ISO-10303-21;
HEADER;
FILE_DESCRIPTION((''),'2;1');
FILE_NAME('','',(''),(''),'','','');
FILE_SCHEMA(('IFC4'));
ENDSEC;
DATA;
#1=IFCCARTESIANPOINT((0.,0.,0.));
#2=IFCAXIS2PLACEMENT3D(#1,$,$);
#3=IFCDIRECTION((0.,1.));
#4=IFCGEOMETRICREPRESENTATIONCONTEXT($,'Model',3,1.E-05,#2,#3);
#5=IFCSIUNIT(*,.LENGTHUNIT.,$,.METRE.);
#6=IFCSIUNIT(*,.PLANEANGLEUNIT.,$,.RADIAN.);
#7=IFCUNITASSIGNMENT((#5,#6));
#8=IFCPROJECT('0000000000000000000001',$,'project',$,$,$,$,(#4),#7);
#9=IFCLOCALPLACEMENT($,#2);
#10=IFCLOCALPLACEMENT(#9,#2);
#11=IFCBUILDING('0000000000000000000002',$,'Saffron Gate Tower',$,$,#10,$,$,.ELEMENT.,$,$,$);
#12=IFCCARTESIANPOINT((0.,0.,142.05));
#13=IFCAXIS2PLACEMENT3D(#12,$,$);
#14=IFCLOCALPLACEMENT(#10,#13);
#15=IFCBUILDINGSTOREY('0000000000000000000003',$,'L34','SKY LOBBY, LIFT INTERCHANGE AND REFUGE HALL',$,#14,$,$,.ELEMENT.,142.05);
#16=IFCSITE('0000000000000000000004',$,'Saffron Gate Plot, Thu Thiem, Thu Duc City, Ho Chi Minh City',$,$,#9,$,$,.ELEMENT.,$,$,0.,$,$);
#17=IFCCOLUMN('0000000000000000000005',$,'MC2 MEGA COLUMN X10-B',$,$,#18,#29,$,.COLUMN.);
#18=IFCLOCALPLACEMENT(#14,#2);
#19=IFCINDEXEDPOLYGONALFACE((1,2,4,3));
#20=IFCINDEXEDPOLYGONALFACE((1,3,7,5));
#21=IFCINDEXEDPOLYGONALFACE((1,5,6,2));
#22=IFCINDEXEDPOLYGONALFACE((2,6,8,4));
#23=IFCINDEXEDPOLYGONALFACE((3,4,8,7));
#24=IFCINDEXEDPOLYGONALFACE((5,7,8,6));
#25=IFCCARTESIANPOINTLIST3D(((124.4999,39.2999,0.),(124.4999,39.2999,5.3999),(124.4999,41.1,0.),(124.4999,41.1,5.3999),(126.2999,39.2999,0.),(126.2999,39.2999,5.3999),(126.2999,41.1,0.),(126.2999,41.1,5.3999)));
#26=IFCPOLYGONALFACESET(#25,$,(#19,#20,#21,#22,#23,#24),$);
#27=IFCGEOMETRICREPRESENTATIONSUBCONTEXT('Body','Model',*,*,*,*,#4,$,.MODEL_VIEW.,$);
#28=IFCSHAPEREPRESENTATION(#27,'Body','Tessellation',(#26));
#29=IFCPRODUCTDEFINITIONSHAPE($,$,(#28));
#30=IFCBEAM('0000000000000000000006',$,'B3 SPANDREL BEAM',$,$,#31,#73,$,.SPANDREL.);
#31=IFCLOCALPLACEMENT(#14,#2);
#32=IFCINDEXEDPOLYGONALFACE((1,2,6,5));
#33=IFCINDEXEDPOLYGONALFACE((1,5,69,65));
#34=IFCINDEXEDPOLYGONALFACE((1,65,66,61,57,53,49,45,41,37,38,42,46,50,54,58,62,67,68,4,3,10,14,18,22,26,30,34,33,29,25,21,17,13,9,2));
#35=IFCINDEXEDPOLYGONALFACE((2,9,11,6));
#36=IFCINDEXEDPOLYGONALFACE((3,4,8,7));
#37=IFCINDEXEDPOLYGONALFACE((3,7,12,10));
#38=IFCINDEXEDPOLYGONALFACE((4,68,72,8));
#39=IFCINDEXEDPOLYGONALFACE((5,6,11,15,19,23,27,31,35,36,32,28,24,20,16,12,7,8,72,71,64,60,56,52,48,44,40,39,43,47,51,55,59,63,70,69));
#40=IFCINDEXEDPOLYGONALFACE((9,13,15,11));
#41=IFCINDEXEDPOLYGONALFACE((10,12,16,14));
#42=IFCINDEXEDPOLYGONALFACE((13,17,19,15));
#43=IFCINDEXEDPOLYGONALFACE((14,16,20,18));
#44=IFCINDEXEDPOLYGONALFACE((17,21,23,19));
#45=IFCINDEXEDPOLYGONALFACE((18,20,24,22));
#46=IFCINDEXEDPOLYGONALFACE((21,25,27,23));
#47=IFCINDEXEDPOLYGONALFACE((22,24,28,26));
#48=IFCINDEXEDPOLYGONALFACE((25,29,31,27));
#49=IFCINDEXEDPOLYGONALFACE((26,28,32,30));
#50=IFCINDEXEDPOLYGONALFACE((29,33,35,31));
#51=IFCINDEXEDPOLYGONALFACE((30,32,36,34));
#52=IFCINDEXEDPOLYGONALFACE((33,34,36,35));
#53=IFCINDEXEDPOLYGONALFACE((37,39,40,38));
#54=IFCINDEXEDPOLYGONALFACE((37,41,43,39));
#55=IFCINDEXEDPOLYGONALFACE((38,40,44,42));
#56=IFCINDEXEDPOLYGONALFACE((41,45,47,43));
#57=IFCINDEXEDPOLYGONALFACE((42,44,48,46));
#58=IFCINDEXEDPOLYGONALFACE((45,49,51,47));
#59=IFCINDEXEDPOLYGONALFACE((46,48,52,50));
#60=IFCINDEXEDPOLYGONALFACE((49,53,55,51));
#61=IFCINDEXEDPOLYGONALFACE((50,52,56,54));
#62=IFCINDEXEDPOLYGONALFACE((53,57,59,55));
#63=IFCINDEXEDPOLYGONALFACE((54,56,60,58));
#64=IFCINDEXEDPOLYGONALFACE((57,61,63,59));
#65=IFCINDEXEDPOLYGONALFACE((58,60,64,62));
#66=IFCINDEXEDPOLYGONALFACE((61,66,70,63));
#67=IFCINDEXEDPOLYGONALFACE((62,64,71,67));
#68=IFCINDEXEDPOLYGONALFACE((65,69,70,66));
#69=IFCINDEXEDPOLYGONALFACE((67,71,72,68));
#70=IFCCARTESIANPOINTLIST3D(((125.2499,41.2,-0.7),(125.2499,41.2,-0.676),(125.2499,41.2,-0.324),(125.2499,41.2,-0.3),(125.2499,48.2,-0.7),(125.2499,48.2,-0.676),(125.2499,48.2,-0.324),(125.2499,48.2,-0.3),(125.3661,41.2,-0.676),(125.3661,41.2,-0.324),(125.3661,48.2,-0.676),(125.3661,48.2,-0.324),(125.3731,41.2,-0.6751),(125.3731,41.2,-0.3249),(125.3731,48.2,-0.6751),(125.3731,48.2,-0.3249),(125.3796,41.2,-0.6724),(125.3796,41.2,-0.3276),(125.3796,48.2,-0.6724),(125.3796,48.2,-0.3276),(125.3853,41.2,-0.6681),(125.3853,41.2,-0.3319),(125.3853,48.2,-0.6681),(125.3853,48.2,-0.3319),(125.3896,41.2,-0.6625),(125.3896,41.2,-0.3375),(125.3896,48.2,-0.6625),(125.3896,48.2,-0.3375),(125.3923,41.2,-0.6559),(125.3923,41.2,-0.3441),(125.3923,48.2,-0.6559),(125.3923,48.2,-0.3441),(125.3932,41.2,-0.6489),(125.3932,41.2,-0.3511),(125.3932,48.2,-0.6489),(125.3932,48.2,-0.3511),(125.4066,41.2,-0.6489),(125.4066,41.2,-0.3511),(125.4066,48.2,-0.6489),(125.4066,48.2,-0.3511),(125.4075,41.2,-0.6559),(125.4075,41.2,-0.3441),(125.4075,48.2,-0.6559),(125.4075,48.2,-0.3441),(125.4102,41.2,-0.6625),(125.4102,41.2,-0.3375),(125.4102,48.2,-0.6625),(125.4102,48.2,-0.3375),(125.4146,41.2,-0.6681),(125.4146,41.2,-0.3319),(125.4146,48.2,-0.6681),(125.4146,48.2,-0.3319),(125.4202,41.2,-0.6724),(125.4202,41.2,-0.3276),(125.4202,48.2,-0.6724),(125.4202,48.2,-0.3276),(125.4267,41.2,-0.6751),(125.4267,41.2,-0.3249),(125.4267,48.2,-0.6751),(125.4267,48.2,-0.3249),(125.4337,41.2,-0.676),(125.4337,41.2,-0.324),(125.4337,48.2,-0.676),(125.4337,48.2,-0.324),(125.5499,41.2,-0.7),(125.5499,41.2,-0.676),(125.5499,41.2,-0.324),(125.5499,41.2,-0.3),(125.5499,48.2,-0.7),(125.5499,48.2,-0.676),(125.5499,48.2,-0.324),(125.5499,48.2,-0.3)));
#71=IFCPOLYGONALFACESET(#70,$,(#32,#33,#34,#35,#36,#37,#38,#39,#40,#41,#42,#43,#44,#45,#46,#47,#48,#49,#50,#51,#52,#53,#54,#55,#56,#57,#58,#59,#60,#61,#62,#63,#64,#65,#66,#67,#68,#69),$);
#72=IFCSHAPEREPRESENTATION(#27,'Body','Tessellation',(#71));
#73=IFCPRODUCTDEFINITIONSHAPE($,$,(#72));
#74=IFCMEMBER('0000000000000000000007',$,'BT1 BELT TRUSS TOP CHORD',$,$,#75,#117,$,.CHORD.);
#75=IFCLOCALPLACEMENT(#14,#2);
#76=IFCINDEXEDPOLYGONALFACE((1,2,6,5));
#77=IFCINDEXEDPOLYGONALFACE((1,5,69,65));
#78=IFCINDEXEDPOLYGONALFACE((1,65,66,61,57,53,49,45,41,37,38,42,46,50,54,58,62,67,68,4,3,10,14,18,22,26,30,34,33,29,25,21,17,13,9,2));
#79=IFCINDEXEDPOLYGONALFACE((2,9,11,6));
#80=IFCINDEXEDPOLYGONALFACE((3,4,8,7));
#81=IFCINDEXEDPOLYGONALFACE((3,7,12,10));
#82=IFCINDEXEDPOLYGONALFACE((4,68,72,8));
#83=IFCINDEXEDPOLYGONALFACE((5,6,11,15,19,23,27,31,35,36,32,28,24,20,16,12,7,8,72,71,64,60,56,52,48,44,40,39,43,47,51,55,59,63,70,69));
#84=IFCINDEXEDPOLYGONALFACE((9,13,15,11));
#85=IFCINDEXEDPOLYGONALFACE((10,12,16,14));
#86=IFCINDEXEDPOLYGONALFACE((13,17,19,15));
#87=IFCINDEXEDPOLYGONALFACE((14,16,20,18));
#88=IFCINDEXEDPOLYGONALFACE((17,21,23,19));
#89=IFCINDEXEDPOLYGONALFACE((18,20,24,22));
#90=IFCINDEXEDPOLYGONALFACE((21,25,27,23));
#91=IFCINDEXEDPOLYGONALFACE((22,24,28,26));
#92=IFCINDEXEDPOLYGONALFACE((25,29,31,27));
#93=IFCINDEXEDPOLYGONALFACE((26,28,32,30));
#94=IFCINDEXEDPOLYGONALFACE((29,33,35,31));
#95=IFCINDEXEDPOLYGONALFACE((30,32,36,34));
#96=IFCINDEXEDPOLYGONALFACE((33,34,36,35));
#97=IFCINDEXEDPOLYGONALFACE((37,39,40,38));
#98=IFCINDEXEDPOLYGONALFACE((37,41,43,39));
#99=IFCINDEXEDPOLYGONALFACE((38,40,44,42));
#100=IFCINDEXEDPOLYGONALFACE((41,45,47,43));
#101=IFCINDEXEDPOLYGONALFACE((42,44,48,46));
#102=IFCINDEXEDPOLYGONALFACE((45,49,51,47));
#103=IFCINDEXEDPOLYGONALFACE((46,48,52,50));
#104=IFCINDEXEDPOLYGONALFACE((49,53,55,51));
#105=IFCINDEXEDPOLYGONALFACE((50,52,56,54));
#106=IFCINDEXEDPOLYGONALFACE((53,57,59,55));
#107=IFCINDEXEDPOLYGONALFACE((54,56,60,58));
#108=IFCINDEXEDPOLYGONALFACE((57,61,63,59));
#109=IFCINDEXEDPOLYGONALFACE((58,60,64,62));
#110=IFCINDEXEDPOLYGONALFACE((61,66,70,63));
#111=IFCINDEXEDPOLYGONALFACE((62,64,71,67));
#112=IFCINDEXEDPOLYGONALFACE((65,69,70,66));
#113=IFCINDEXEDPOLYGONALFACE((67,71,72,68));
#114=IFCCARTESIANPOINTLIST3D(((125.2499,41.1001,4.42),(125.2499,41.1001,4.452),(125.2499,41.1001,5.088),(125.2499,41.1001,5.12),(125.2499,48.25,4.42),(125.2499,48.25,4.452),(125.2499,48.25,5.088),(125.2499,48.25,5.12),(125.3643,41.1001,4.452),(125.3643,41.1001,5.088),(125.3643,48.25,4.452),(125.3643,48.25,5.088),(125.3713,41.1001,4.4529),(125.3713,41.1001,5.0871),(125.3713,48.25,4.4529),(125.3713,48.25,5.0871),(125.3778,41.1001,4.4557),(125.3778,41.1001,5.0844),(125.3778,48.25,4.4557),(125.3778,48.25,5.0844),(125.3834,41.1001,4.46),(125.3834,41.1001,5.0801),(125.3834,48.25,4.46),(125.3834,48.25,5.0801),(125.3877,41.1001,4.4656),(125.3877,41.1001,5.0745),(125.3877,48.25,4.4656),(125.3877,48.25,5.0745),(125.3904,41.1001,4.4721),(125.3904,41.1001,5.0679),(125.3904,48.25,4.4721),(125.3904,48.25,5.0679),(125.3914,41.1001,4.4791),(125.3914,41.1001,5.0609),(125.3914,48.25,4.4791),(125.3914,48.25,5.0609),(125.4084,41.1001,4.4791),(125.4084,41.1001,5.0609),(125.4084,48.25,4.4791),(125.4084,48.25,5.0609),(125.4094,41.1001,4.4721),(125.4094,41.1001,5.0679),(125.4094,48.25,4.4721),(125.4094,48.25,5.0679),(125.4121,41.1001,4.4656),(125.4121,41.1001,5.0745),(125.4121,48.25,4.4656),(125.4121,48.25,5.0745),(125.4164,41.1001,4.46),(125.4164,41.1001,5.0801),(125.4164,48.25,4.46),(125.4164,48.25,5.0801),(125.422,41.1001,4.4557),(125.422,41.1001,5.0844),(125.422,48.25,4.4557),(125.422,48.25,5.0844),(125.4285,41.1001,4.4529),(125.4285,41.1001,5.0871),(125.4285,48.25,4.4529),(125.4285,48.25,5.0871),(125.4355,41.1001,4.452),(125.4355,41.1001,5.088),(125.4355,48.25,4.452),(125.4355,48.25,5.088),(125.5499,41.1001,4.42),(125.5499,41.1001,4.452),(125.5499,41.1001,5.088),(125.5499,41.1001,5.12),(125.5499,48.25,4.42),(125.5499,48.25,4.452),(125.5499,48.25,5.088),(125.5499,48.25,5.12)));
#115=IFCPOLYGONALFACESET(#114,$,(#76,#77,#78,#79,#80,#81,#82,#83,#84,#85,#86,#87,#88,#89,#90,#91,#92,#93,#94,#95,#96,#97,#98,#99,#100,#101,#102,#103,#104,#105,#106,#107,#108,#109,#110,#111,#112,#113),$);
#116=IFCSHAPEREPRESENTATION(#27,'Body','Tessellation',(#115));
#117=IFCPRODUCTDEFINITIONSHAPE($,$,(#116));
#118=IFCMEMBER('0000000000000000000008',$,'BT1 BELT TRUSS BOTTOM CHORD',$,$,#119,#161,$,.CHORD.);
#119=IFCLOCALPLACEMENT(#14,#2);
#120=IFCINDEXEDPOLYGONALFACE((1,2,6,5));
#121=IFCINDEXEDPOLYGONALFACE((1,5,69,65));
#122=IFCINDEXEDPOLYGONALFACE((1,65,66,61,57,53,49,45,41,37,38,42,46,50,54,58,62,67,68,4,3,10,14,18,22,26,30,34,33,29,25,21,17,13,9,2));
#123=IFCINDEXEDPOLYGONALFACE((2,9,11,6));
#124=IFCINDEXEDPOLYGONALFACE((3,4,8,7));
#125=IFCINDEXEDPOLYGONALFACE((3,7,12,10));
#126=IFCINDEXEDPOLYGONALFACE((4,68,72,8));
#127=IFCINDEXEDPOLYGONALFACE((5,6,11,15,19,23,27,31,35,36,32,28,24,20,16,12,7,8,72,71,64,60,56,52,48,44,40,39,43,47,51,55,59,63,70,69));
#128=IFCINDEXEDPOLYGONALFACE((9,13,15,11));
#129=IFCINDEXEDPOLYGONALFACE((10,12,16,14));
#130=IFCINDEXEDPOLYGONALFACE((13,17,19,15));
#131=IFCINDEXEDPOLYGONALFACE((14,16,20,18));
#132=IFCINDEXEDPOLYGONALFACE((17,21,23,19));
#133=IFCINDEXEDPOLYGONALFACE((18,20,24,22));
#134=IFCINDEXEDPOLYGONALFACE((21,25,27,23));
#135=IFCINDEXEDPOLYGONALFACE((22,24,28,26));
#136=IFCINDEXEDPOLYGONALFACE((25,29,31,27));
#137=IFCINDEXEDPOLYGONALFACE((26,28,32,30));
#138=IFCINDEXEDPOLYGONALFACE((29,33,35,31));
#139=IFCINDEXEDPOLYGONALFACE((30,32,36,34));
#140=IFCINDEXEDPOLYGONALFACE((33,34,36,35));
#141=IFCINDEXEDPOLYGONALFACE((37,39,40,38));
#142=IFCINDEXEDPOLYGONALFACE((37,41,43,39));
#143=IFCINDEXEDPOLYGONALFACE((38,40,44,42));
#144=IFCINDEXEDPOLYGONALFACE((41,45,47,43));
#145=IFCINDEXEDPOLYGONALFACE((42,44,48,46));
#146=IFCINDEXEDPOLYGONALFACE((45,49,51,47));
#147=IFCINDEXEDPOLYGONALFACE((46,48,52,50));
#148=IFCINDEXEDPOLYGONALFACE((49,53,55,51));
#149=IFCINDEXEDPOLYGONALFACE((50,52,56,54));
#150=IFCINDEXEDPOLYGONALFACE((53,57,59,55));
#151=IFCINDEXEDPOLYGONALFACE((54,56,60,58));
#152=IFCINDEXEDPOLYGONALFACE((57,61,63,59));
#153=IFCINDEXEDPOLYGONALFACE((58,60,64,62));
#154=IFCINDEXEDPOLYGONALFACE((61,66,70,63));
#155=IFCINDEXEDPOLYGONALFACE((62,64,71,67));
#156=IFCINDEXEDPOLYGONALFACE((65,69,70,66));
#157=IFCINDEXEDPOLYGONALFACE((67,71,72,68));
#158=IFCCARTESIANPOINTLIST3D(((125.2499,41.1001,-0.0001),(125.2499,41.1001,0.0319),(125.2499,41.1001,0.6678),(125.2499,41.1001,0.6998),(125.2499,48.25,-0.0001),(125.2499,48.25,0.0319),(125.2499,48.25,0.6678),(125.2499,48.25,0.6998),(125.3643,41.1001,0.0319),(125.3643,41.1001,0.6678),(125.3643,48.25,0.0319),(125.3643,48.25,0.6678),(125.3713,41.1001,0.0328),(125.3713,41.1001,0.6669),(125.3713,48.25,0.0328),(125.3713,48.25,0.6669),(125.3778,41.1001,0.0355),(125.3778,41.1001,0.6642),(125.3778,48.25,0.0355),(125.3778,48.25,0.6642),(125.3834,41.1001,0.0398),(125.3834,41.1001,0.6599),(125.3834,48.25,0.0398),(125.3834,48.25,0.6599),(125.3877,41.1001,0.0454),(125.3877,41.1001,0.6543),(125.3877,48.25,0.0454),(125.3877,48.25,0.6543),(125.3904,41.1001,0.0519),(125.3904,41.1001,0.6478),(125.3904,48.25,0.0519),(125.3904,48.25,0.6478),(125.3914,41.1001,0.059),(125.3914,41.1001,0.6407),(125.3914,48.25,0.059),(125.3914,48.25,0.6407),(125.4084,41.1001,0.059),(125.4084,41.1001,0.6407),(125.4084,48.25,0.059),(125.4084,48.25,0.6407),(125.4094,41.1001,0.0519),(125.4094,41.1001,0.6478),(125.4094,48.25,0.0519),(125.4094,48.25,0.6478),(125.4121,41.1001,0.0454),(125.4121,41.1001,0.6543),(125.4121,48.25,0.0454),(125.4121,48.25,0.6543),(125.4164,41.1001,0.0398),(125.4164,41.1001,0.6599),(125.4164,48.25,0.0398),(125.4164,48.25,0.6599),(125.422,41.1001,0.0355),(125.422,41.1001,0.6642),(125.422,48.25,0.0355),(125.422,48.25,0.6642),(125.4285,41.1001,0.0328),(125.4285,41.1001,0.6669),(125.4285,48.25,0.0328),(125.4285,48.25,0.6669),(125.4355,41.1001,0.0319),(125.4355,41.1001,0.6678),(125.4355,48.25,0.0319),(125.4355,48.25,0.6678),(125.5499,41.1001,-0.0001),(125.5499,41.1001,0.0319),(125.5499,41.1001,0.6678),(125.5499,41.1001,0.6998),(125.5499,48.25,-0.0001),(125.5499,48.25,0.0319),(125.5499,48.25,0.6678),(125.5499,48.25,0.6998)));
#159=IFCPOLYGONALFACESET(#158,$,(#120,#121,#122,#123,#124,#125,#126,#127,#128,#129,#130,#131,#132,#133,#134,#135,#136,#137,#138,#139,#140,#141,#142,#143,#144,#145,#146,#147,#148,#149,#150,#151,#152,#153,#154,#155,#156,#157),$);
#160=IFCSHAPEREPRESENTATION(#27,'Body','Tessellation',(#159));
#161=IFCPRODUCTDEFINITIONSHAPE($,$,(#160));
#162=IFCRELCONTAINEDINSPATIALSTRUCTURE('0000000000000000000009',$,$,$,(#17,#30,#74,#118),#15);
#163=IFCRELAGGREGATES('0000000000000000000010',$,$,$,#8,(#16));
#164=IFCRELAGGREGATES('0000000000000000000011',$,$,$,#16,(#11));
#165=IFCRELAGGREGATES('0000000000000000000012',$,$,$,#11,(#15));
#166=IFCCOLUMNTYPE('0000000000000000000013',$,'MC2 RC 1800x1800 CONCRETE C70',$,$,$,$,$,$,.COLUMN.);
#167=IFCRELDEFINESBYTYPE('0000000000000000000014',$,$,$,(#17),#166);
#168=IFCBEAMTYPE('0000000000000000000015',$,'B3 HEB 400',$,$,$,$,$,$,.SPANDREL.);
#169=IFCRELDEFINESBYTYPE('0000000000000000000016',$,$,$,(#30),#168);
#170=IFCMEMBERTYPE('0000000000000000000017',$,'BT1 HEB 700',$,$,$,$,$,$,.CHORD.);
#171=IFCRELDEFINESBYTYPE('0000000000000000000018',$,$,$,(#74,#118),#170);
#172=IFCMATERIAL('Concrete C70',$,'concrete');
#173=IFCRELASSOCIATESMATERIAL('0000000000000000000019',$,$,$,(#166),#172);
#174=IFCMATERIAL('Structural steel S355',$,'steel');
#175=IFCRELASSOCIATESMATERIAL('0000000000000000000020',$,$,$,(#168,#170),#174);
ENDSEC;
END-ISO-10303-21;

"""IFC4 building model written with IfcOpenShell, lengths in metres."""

from ifc_helpers import new_model, si_unit, direction, frame, origin, origin_2d, place, context, subcontext, project, spatial, rectangle, i_section, extrude, material, material_profile, profile_set, type_object, element, save


model = new_model("IFC4")

# Units and contexts
model_context = context("Model", 3, precision=1e-05, world=origin(), true_north=direction((0.0, 1.0)))
body_context = subcontext(model_context, "Body", "Model", "MODEL_VIEW")
ifc_project = project(units=[si_unit("LENGTHUNIT", "METRE"), si_unit("PLANEANGLEUNIT", "RADIAN")], contexts=[model_context])

# Site, building, storey
site_placement = place(None, origin())
site = spatial("IfcSite", under=ifc_project, at=site_placement, Name="Saffron Gate Plot, Thu Thiem, Thu Duc City, Ho Chi Minh City", CompositionType="ELEMENT", RefElevation=0.0)
building_placement = place(site_placement, origin())
building = spatial("IfcBuilding", under=site, at=building_placement, Name="Saffron Gate Tower", CompositionType="ELEMENT")
storey_placement = place(building_placement, frame((0.0, 0.0, 142.05)))
storey = spatial("IfcBuildingStorey", under=building, at=storey_placement, Name="L34", Description="SKY LOBBY, LIFT INTERCHANGE AND REFUGE HALL", CompositionType="ELEMENT", Elevation=142.05)

# Column
ifc_material_1 = material(Name="Concrete C70", Category="concrete")
ifc_material_profile_1 = material_profile(ifc_material_1, rectangle(XDim=1.8, YDim=1.8, at=origin_2d()))
ifc_profile_set_1 = profile_set([ifc_material_profile_1], Name="Concrete C70")
column_type = type_object("IfcColumnType", Name="MC2 RC 1800x1800 CONCRETE C70", PredefinedType="COLUMN", material=ifc_profile_set_1)
column_placement = place(storey_placement, frame((125.3999, 40.2, 0.0), z_axis=(0.0, 0.0, 1.0), x_axis=(1.0, 0.0, 0.0)))
element("IfcColumn", 1, at=column_placement, inside=storey, type_object=column_type, Name="MC2 MEGA COLUMN X10-B", PredefinedType="COLUMN", context=body_context, shape_type="SweptSolid", body=[
    extrude(rectangle(XDim=1.8, YDim=1.8, at=origin_2d()), origin(), (0.0, 0.0, 1.0), 5.3999),
])

# Beam
ifc_material_2 = material(Name="Structural steel S355", Category="steel")
ifc_material_profile_2 = material_profile(ifc_material_2, i_section(OverallWidth=0.3, OverallDepth=0.3999, WebThickness=0.0134, FlangeThickness=0.0239, FilletRadius=0.0271, at=origin_2d()))
ifc_profile_set_2 = profile_set([ifc_material_profile_2], Name="Structural steel S355")
beam_type = type_object("IfcBeamType", Name="B3 HEB 400", PredefinedType="SPANDREL", material=ifc_profile_set_2)
beam_placement = place(storey_placement, frame((125.3999, 41.2, -0.5), z_axis=(0.0, 1.0, 0.0), x_axis=(-1.0, 0.0, 0.0)))
element("IfcBeam", 2, at=beam_placement, inside=storey, type_object=beam_type, Name="B3 SPANDREL BEAM", PredefinedType="SPANDREL", context=body_context, shape_type="SweptSolid", body=[
    extrude(i_section(OverallWidth=0.3, OverallDepth=0.3999, WebThickness=0.0134, FlangeThickness=0.0239, FilletRadius=0.0271, at=origin_2d()), origin(), (0.0, 0.0, 1.0), 7.0),
])

# Members
ifc_material_profile_3 = material_profile(ifc_material_2, i_section(OverallWidth=0.3, OverallDepth=0.7, WebThickness=0.0171, FlangeThickness=0.032, FilletRadius=0.0271, at=origin_2d()))
ifc_profile_set_3 = profile_set([ifc_material_profile_3], Name="Structural steel S355")
member_type_1 = type_object("IfcMemberType", Name="BT1 HEB 700", PredefinedType="CHORD", material=ifc_profile_set_3)
for number, where, z_axis, x_axis, name in (
    (3, (125.3999, 41.1001, 4.77), (0.0, 1.0, 0.0), (-1.0, 0.0, 0.0), "BT1 BELT TRUSS TOP CHORD"),
    (4, (125.3999, 41.1001, 0.3499), (0.0, 1.0, 0.0), (-1.0, 0.0, 0.0), "BT1 BELT TRUSS BOTTOM CHORD"),
):
    element("IfcMember", number, at=place(storey_placement, frame(where, z_axis=z_axis, x_axis=x_axis)), inside=storey, type_object=member_type_1, Name=name, PredefinedType="CHORD", context=body_context, shape_type="SweptSolid", body=[
        extrude(i_section(OverallWidth=0.3, OverallDepth=0.7, WebThickness=0.0171, FlangeThickness=0.032, FilletRadius=0.0271, at=origin_2d()), origin(), (0.0, 0.0, 1.0), 7.1499),
    ])

save(model, "model.ifc")
